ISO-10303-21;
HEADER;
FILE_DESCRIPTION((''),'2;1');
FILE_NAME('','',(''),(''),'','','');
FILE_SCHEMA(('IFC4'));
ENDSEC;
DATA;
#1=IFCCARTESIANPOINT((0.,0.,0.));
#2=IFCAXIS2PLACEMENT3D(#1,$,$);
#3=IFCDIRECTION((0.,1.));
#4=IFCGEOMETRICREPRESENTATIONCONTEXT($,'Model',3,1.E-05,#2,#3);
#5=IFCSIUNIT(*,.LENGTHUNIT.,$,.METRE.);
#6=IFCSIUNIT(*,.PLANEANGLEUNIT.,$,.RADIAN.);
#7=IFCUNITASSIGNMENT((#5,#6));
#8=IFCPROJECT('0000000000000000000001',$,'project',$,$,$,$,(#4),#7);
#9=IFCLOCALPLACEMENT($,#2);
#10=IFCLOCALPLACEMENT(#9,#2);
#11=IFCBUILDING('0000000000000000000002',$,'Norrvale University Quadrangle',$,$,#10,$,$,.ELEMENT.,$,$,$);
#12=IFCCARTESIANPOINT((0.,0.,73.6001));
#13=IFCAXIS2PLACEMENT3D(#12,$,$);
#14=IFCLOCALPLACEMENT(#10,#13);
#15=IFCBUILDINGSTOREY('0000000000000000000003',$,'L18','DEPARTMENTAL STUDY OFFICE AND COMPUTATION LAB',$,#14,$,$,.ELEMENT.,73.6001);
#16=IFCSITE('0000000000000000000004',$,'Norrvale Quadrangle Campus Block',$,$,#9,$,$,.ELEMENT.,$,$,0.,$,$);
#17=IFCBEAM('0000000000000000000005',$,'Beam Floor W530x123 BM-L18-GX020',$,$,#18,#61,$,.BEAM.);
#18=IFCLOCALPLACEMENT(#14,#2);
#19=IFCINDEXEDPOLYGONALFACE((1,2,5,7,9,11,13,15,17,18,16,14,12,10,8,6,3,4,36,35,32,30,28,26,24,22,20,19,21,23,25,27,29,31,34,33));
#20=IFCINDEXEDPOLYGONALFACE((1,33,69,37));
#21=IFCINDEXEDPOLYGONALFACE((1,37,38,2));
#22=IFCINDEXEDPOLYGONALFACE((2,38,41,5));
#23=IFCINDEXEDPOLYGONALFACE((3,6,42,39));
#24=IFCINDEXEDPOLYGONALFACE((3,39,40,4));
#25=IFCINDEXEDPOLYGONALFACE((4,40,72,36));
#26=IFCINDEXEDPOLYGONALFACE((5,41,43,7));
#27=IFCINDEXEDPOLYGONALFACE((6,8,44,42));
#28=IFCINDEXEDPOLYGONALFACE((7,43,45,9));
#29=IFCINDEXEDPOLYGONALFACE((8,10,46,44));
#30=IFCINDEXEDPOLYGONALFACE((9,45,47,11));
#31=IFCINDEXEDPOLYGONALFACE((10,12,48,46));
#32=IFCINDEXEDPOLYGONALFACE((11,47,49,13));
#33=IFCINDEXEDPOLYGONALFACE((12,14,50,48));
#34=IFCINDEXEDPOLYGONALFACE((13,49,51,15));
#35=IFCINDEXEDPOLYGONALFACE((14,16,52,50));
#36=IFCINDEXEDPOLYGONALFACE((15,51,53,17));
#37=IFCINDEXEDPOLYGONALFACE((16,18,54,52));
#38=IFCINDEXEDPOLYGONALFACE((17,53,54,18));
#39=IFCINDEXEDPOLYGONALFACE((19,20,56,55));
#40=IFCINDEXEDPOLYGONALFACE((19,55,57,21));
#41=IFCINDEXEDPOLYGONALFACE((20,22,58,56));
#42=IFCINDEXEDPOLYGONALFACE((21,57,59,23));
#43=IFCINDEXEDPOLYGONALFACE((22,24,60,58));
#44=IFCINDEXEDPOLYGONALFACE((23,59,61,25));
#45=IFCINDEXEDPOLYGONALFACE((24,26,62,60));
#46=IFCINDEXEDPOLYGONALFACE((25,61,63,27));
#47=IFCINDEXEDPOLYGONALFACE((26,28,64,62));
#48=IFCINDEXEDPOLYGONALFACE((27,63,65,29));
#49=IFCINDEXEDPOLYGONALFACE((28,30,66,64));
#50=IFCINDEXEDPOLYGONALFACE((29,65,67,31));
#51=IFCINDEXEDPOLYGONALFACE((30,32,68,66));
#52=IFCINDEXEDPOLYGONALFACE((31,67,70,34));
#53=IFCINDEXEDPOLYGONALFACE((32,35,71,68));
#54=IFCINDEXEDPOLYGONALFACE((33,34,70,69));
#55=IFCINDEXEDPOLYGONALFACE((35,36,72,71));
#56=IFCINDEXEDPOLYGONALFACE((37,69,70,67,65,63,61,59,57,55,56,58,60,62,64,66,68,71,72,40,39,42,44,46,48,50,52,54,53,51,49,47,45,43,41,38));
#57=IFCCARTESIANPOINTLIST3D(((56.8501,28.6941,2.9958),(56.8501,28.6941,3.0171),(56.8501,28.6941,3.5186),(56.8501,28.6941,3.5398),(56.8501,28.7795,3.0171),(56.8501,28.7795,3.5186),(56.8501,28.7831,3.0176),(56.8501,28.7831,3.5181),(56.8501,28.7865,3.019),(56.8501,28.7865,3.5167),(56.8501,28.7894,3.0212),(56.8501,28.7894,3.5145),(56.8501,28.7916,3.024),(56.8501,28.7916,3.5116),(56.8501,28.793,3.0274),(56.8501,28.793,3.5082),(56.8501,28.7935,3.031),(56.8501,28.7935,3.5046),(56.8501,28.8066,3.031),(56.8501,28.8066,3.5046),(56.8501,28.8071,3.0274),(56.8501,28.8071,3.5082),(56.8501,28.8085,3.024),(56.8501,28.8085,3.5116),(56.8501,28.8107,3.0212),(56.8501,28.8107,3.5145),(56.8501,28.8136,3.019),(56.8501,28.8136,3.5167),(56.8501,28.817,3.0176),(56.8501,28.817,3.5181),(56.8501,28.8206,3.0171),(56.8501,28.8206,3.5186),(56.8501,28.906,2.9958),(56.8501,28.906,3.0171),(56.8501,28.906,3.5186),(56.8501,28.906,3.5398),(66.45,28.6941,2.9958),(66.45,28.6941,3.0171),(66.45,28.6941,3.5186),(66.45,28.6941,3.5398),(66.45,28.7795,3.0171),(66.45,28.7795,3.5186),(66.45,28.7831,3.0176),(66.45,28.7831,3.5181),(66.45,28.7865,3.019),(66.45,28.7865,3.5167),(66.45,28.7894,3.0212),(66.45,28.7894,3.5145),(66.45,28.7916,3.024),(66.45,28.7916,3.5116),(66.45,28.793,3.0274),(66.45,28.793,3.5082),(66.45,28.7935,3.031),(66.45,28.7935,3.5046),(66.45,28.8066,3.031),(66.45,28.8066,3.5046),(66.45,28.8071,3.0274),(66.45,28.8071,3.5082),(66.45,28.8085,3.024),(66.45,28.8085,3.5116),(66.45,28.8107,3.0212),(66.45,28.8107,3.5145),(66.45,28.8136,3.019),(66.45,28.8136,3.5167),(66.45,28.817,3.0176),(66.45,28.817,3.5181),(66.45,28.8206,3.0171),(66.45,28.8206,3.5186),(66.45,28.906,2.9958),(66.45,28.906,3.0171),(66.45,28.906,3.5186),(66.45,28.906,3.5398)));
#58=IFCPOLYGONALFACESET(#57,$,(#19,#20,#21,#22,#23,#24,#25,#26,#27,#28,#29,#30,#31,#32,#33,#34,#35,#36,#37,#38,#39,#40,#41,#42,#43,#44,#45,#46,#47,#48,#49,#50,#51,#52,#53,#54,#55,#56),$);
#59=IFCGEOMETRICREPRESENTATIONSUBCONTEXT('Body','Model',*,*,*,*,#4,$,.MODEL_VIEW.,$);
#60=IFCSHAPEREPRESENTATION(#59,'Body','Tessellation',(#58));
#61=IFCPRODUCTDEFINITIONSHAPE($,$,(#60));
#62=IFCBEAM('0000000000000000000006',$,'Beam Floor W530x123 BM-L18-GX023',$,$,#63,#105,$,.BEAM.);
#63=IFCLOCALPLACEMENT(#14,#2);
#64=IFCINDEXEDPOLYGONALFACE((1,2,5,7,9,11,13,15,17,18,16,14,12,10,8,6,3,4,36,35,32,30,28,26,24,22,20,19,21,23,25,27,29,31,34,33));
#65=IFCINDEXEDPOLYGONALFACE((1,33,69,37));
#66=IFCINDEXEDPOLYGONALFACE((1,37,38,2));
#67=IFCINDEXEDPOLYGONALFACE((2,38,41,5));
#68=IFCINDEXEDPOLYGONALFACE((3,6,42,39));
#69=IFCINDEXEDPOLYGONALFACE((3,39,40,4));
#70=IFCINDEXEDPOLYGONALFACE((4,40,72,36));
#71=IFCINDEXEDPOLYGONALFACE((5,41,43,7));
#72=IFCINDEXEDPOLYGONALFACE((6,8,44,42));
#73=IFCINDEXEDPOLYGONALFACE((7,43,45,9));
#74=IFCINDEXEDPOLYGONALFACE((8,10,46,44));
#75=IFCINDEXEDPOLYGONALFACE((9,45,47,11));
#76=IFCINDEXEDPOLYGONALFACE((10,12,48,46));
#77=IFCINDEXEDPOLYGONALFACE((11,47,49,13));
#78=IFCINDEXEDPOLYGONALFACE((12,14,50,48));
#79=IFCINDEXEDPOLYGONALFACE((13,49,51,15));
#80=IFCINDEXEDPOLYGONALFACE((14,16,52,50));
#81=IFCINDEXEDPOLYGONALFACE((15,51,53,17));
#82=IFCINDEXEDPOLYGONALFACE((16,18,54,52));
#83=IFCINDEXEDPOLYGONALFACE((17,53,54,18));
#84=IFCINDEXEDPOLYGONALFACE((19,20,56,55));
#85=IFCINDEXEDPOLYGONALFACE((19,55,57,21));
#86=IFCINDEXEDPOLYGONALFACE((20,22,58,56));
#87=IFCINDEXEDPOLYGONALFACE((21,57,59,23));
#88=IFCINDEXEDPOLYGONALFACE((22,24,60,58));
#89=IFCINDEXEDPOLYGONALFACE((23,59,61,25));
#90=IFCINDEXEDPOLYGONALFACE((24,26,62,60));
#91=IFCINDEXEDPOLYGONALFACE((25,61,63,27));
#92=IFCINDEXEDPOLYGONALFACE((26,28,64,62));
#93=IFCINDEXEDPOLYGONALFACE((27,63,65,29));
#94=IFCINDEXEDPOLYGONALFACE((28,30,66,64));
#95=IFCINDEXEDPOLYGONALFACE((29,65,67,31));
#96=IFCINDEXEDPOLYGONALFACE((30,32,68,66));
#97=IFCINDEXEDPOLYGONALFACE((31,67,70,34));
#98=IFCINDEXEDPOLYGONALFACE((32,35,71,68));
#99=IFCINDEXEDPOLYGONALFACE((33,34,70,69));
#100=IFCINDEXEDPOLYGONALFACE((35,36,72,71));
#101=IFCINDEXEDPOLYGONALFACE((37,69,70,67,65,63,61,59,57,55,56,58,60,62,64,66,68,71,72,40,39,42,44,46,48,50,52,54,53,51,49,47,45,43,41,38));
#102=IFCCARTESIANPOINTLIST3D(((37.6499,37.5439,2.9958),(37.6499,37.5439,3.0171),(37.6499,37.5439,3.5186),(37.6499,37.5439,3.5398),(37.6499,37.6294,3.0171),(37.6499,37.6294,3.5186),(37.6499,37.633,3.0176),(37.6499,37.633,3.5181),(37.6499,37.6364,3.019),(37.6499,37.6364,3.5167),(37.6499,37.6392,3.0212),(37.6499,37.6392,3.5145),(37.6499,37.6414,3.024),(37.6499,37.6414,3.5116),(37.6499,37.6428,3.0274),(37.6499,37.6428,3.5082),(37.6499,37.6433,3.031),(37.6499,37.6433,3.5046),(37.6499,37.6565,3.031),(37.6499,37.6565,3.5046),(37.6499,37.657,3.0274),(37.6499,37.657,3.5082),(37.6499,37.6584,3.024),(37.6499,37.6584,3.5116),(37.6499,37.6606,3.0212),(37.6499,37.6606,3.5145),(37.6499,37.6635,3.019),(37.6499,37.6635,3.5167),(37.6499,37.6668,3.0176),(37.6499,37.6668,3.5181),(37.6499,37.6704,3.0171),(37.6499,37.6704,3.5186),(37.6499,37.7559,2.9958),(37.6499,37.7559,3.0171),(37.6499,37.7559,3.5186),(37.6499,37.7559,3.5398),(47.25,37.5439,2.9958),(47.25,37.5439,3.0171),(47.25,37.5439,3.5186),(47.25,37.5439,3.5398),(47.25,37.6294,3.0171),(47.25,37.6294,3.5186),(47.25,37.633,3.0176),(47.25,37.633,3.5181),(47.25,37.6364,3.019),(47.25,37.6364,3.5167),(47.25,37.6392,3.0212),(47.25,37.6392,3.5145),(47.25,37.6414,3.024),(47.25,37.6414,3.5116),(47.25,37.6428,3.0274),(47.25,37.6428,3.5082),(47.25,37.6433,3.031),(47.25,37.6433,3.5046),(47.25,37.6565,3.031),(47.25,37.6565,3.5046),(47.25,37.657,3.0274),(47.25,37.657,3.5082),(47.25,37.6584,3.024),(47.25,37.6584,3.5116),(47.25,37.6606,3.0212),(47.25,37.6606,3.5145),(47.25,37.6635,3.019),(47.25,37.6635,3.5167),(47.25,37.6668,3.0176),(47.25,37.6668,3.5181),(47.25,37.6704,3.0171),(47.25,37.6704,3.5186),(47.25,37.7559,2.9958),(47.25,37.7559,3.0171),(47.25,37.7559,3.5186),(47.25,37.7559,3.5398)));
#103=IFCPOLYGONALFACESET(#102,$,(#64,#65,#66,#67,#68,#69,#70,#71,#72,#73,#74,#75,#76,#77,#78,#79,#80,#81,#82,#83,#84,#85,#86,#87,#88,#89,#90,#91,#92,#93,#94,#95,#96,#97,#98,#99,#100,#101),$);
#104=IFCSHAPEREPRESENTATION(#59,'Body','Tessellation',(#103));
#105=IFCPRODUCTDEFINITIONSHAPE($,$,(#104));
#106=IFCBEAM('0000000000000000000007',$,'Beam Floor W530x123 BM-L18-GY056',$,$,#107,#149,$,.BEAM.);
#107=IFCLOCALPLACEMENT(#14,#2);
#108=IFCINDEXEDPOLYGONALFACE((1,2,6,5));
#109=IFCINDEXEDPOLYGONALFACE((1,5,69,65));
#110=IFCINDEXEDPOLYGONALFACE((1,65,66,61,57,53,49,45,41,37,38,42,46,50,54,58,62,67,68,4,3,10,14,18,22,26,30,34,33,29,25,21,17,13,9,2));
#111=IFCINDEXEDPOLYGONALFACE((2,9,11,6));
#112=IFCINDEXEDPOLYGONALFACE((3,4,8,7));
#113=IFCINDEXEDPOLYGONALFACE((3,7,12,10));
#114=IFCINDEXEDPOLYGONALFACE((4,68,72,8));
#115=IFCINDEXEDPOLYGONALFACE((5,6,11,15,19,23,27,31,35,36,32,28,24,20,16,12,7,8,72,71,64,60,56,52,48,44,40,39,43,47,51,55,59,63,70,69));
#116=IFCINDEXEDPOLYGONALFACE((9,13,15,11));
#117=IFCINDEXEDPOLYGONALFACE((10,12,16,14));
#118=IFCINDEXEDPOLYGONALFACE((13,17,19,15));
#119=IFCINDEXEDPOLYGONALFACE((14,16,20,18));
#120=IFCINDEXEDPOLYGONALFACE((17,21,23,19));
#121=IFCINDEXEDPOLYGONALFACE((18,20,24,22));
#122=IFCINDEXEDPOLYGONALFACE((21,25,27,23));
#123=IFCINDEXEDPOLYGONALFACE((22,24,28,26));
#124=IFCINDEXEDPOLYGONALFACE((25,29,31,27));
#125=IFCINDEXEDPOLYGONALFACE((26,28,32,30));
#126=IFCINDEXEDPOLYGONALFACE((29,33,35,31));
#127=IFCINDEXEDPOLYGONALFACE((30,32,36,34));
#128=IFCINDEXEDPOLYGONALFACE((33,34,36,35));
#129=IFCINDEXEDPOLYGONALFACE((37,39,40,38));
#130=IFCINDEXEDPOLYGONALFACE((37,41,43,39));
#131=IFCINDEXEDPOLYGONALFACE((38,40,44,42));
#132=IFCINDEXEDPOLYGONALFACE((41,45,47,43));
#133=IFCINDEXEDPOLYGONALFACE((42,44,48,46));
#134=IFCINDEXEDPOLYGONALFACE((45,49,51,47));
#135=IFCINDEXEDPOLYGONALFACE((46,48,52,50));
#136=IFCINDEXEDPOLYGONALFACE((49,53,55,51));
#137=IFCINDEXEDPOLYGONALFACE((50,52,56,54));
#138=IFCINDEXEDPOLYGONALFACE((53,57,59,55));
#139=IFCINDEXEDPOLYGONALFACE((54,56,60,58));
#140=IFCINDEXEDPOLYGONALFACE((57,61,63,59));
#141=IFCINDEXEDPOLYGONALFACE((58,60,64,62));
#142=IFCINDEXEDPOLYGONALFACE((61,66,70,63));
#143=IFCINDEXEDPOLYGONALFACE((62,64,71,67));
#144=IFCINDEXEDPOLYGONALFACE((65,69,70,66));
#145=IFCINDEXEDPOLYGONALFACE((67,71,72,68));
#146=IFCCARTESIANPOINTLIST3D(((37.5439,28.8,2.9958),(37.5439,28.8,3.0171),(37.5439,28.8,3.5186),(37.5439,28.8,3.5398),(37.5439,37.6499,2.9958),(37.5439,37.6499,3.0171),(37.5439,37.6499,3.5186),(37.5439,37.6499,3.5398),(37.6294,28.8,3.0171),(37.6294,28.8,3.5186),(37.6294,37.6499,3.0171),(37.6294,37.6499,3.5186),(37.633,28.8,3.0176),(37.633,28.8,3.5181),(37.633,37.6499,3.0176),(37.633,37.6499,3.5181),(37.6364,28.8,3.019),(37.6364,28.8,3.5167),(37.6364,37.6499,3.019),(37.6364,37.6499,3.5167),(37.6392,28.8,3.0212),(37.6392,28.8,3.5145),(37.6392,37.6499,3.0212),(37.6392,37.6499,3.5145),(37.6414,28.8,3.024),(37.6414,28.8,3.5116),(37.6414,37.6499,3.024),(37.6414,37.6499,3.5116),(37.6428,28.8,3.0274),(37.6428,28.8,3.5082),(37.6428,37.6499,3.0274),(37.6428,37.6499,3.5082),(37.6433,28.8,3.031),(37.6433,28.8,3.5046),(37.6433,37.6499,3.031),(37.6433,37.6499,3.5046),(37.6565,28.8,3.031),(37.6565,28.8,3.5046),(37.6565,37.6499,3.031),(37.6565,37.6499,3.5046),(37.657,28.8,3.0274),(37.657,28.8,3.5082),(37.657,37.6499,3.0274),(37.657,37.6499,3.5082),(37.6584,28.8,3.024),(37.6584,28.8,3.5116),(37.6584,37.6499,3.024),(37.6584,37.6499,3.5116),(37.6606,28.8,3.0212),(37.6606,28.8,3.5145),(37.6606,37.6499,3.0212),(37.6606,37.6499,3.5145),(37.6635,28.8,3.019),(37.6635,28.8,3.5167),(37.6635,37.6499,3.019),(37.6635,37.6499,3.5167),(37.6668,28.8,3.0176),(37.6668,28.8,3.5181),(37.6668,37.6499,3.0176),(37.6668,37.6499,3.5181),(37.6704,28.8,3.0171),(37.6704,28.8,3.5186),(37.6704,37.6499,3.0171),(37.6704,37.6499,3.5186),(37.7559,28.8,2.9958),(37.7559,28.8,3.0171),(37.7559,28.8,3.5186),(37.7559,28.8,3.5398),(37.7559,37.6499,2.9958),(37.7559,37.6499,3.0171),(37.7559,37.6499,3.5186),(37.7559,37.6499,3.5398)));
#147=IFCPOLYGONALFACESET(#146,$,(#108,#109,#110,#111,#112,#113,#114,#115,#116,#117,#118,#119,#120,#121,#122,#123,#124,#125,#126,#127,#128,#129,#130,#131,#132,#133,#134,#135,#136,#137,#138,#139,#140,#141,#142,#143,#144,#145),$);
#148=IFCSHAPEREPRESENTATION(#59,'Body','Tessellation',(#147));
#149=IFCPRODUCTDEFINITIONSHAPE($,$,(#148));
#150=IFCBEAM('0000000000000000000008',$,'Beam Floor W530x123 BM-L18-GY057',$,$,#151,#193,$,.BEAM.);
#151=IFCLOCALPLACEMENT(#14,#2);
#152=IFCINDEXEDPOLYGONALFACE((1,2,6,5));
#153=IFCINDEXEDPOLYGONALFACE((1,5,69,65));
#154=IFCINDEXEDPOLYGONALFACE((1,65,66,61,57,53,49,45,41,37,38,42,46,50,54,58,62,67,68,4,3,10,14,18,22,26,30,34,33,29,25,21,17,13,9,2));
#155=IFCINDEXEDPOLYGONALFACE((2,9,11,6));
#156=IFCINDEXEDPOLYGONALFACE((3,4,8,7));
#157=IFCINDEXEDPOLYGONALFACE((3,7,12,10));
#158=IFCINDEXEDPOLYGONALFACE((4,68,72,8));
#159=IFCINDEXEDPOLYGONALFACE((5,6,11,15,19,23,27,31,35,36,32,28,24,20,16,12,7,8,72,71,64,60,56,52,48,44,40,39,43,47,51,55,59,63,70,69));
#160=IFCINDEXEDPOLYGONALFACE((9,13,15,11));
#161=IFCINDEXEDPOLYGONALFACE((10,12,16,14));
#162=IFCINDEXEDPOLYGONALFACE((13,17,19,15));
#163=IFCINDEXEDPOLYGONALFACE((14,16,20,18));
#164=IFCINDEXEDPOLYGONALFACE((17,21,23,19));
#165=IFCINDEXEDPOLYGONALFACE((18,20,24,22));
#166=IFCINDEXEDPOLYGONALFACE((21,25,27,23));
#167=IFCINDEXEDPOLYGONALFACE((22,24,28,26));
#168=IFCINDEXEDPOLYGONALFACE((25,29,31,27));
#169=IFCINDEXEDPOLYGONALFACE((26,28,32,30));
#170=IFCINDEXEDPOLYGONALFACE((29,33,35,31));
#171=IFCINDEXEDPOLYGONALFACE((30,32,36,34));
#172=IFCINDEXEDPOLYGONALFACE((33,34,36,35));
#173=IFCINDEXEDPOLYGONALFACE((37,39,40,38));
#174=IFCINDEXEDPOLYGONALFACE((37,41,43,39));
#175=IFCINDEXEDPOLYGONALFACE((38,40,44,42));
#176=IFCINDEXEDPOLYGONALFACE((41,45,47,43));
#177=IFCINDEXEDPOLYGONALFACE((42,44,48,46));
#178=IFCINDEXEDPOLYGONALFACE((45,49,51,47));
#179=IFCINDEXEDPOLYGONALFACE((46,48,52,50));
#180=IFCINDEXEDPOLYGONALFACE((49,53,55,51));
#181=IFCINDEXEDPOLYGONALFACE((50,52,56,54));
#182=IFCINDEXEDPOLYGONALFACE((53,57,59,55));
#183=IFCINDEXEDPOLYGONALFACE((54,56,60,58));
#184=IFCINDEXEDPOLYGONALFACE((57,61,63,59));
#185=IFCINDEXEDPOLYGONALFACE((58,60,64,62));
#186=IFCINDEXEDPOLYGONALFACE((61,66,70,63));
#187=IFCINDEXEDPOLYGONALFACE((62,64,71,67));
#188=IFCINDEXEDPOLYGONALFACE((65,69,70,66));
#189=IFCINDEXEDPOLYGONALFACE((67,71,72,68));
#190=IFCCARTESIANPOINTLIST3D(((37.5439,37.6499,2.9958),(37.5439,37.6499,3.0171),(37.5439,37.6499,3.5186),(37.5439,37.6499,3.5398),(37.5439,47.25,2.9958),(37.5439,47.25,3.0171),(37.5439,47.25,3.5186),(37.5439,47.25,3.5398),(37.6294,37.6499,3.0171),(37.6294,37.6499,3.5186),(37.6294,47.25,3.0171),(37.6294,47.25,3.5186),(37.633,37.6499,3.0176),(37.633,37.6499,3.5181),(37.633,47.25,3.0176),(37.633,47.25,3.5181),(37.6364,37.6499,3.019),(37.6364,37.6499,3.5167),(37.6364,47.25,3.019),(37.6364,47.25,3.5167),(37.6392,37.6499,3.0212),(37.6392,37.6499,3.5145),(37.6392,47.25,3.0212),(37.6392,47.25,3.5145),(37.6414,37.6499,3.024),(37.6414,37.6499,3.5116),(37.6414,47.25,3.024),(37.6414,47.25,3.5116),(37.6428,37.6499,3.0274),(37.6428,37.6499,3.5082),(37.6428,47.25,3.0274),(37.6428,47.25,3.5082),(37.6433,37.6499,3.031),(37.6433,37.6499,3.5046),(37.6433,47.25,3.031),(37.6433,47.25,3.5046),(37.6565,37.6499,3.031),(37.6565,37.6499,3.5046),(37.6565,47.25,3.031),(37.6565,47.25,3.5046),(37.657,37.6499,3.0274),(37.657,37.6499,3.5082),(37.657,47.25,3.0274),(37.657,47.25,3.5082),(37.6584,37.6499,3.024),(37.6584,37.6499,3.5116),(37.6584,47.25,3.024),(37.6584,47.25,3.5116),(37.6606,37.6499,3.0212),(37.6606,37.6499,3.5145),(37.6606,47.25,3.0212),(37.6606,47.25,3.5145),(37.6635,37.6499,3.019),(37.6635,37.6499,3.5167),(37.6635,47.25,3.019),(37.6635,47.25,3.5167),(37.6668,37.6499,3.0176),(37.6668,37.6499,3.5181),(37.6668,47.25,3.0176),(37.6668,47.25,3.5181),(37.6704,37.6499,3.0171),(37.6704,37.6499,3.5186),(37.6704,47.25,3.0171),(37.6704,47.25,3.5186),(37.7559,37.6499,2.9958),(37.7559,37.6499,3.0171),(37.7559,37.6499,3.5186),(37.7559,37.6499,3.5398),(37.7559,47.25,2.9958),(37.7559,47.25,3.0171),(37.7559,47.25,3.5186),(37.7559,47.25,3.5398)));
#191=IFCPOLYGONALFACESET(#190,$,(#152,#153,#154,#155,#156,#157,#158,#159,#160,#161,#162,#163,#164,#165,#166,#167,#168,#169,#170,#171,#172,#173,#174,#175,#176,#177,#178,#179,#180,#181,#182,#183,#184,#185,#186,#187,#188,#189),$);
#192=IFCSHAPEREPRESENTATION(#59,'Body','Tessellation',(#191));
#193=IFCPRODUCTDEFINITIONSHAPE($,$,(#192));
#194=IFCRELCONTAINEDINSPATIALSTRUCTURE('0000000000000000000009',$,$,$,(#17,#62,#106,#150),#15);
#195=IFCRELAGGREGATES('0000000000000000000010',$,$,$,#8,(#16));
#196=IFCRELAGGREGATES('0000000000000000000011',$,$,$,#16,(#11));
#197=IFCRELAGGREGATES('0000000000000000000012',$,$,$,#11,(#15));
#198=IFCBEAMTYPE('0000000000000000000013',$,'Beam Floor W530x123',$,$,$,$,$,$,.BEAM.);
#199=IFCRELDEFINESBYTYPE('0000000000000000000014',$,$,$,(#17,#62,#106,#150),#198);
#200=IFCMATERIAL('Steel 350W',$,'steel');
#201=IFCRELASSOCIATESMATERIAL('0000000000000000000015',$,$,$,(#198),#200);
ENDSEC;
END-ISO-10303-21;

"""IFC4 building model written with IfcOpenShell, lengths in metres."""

from ifc_helpers import new_model, si_unit, direction, frame, origin, origin_2d, place, context, subcontext, project, spatial, i_section, extrude, material, material_profile, profile_set, type_object, element, save


model = new_model("IFC4")

# Units and contexts
model_context = context("Model", 3, precision=1e-05, world=origin(), true_north=direction((0.0, 1.0)))
body_context = subcontext(model_context, "Body", "Model", "MODEL_VIEW")
ifc_project = project(units=[si_unit("LENGTHUNIT", "METRE"), si_unit("PLANEANGLEUNIT", "RADIAN")], contexts=[model_context])

# Site, building, storey
site_placement = place(None, origin())
site = spatial("IfcSite", under=ifc_project, at=site_placement, Name="Norrvale Quadrangle Campus Block", CompositionType="ELEMENT", RefElevation=0.0)
building_placement = place(site_placement, origin())
building = spatial("IfcBuilding", under=site, at=building_placement, Name="Norrvale University Quadrangle", CompositionType="ELEMENT")
storey_placement = place(building_placement, frame((0.0, 0.0, 73.6001)))
storey = spatial("IfcBuildingStorey", under=building, at=storey_placement, Name="L18", Description="DEPARTMENTAL STUDY OFFICE AND COMPUTATION LAB", CompositionType="ELEMENT", Elevation=73.6001)

# Beams
ifc_material_1 = material(Name="Steel 350W", Category="steel")
ifc_material_profile_1 = material_profile(ifc_material_1, i_section(OverallWidth=0.2119, OverallDepth=0.5439, WebThickness=0.0132, FlangeThickness=0.0212, FilletRadius=0.0139, at=origin_2d()), Name="Steel 350W")
ifc_profile_set_1 = profile_set([ifc_material_profile_1], Name="Steel 350W")
beam_type_1 = type_object("IfcBeamType", Name="Beam Floor W530x123", PredefinedType="BEAM", material=ifc_profile_set_1)
beam_1_placement = place(storey_placement, frame((56.8501, 28.8, 3.2678), z_axis=(1.0, 0.0, 0.0), x_axis=(0.0, 1.0, 0.0)))
element("IfcBeam", 1, at=beam_1_placement, inside=storey, type_object=beam_type_1, Name="Beam Floor W530x123 BM-L18-GX020", PredefinedType="BEAM", context=body_context, shape_type="SweptSolid", body=[
    extrude(i_section(OverallWidth=0.2119, OverallDepth=0.5439, WebThickness=0.0132, FlangeThickness=0.0212, FilletRadius=0.0139, at=origin_2d()), origin(), (0.0, 0.0, 1.0), 9.5999),
])
beam_2_placement = place(storey_placement, frame((37.6499, 37.6499, 3.2678), z_axis=(1.0, 0.0, 0.0), x_axis=(0.0, 1.0, 0.0)))
element("IfcBeam", 2, at=beam_2_placement, inside=storey, type_object=beam_type_1, Name="Beam Floor W530x123 BM-L18-GX023", PredefinedType="BEAM", context=body_context, shape_type="SweptSolid", body=[
    extrude(i_section(OverallWidth=0.2119, OverallDepth=0.5439, WebThickness=0.0132, FlangeThickness=0.0212, FilletRadius=0.0139, at=origin_2d()), origin(), (0.0, 0.0, 1.0), 9.6001),
])
beam_3_placement = place(storey_placement, frame((37.6499, 28.8, 3.2678), z_axis=(0.0, 1.0, 0.0), x_axis=(-1.0, 0.0, 0.0)))
element("IfcBeam", 3, at=beam_3_placement, inside=storey, type_object=beam_type_1, Name="Beam Floor W530x123 BM-L18-GY056", PredefinedType="BEAM", context=body_context, shape_type="SweptSolid", body=[
    extrude(i_section(OverallWidth=0.2119, OverallDepth=0.5439, WebThickness=0.0132, FlangeThickness=0.0212, FilletRadius=0.0139, at=origin_2d()), origin(), (0.0, 0.0, 1.0), 8.8499),
])
beam_4_placement = place(storey_placement, frame((37.6499, 37.6499, 3.2678), z_axis=(0.0, 1.0, 0.0), x_axis=(-1.0, 0.0, 0.0)))
element("IfcBeam", 4, at=beam_4_placement, inside=storey, type_object=beam_type_1, Name="Beam Floor W530x123 BM-L18-GY057", PredefinedType="BEAM", context=body_context, shape_type="SweptSolid", body=[
    extrude(i_section(OverallWidth=0.2119, OverallDepth=0.5439, WebThickness=0.0132, FlangeThickness=0.0212, FilletRadius=0.0139, at=origin_2d()), origin(), (0.0, 0.0, 1.0), 9.6001),
])

save(model, "model.ifc")
